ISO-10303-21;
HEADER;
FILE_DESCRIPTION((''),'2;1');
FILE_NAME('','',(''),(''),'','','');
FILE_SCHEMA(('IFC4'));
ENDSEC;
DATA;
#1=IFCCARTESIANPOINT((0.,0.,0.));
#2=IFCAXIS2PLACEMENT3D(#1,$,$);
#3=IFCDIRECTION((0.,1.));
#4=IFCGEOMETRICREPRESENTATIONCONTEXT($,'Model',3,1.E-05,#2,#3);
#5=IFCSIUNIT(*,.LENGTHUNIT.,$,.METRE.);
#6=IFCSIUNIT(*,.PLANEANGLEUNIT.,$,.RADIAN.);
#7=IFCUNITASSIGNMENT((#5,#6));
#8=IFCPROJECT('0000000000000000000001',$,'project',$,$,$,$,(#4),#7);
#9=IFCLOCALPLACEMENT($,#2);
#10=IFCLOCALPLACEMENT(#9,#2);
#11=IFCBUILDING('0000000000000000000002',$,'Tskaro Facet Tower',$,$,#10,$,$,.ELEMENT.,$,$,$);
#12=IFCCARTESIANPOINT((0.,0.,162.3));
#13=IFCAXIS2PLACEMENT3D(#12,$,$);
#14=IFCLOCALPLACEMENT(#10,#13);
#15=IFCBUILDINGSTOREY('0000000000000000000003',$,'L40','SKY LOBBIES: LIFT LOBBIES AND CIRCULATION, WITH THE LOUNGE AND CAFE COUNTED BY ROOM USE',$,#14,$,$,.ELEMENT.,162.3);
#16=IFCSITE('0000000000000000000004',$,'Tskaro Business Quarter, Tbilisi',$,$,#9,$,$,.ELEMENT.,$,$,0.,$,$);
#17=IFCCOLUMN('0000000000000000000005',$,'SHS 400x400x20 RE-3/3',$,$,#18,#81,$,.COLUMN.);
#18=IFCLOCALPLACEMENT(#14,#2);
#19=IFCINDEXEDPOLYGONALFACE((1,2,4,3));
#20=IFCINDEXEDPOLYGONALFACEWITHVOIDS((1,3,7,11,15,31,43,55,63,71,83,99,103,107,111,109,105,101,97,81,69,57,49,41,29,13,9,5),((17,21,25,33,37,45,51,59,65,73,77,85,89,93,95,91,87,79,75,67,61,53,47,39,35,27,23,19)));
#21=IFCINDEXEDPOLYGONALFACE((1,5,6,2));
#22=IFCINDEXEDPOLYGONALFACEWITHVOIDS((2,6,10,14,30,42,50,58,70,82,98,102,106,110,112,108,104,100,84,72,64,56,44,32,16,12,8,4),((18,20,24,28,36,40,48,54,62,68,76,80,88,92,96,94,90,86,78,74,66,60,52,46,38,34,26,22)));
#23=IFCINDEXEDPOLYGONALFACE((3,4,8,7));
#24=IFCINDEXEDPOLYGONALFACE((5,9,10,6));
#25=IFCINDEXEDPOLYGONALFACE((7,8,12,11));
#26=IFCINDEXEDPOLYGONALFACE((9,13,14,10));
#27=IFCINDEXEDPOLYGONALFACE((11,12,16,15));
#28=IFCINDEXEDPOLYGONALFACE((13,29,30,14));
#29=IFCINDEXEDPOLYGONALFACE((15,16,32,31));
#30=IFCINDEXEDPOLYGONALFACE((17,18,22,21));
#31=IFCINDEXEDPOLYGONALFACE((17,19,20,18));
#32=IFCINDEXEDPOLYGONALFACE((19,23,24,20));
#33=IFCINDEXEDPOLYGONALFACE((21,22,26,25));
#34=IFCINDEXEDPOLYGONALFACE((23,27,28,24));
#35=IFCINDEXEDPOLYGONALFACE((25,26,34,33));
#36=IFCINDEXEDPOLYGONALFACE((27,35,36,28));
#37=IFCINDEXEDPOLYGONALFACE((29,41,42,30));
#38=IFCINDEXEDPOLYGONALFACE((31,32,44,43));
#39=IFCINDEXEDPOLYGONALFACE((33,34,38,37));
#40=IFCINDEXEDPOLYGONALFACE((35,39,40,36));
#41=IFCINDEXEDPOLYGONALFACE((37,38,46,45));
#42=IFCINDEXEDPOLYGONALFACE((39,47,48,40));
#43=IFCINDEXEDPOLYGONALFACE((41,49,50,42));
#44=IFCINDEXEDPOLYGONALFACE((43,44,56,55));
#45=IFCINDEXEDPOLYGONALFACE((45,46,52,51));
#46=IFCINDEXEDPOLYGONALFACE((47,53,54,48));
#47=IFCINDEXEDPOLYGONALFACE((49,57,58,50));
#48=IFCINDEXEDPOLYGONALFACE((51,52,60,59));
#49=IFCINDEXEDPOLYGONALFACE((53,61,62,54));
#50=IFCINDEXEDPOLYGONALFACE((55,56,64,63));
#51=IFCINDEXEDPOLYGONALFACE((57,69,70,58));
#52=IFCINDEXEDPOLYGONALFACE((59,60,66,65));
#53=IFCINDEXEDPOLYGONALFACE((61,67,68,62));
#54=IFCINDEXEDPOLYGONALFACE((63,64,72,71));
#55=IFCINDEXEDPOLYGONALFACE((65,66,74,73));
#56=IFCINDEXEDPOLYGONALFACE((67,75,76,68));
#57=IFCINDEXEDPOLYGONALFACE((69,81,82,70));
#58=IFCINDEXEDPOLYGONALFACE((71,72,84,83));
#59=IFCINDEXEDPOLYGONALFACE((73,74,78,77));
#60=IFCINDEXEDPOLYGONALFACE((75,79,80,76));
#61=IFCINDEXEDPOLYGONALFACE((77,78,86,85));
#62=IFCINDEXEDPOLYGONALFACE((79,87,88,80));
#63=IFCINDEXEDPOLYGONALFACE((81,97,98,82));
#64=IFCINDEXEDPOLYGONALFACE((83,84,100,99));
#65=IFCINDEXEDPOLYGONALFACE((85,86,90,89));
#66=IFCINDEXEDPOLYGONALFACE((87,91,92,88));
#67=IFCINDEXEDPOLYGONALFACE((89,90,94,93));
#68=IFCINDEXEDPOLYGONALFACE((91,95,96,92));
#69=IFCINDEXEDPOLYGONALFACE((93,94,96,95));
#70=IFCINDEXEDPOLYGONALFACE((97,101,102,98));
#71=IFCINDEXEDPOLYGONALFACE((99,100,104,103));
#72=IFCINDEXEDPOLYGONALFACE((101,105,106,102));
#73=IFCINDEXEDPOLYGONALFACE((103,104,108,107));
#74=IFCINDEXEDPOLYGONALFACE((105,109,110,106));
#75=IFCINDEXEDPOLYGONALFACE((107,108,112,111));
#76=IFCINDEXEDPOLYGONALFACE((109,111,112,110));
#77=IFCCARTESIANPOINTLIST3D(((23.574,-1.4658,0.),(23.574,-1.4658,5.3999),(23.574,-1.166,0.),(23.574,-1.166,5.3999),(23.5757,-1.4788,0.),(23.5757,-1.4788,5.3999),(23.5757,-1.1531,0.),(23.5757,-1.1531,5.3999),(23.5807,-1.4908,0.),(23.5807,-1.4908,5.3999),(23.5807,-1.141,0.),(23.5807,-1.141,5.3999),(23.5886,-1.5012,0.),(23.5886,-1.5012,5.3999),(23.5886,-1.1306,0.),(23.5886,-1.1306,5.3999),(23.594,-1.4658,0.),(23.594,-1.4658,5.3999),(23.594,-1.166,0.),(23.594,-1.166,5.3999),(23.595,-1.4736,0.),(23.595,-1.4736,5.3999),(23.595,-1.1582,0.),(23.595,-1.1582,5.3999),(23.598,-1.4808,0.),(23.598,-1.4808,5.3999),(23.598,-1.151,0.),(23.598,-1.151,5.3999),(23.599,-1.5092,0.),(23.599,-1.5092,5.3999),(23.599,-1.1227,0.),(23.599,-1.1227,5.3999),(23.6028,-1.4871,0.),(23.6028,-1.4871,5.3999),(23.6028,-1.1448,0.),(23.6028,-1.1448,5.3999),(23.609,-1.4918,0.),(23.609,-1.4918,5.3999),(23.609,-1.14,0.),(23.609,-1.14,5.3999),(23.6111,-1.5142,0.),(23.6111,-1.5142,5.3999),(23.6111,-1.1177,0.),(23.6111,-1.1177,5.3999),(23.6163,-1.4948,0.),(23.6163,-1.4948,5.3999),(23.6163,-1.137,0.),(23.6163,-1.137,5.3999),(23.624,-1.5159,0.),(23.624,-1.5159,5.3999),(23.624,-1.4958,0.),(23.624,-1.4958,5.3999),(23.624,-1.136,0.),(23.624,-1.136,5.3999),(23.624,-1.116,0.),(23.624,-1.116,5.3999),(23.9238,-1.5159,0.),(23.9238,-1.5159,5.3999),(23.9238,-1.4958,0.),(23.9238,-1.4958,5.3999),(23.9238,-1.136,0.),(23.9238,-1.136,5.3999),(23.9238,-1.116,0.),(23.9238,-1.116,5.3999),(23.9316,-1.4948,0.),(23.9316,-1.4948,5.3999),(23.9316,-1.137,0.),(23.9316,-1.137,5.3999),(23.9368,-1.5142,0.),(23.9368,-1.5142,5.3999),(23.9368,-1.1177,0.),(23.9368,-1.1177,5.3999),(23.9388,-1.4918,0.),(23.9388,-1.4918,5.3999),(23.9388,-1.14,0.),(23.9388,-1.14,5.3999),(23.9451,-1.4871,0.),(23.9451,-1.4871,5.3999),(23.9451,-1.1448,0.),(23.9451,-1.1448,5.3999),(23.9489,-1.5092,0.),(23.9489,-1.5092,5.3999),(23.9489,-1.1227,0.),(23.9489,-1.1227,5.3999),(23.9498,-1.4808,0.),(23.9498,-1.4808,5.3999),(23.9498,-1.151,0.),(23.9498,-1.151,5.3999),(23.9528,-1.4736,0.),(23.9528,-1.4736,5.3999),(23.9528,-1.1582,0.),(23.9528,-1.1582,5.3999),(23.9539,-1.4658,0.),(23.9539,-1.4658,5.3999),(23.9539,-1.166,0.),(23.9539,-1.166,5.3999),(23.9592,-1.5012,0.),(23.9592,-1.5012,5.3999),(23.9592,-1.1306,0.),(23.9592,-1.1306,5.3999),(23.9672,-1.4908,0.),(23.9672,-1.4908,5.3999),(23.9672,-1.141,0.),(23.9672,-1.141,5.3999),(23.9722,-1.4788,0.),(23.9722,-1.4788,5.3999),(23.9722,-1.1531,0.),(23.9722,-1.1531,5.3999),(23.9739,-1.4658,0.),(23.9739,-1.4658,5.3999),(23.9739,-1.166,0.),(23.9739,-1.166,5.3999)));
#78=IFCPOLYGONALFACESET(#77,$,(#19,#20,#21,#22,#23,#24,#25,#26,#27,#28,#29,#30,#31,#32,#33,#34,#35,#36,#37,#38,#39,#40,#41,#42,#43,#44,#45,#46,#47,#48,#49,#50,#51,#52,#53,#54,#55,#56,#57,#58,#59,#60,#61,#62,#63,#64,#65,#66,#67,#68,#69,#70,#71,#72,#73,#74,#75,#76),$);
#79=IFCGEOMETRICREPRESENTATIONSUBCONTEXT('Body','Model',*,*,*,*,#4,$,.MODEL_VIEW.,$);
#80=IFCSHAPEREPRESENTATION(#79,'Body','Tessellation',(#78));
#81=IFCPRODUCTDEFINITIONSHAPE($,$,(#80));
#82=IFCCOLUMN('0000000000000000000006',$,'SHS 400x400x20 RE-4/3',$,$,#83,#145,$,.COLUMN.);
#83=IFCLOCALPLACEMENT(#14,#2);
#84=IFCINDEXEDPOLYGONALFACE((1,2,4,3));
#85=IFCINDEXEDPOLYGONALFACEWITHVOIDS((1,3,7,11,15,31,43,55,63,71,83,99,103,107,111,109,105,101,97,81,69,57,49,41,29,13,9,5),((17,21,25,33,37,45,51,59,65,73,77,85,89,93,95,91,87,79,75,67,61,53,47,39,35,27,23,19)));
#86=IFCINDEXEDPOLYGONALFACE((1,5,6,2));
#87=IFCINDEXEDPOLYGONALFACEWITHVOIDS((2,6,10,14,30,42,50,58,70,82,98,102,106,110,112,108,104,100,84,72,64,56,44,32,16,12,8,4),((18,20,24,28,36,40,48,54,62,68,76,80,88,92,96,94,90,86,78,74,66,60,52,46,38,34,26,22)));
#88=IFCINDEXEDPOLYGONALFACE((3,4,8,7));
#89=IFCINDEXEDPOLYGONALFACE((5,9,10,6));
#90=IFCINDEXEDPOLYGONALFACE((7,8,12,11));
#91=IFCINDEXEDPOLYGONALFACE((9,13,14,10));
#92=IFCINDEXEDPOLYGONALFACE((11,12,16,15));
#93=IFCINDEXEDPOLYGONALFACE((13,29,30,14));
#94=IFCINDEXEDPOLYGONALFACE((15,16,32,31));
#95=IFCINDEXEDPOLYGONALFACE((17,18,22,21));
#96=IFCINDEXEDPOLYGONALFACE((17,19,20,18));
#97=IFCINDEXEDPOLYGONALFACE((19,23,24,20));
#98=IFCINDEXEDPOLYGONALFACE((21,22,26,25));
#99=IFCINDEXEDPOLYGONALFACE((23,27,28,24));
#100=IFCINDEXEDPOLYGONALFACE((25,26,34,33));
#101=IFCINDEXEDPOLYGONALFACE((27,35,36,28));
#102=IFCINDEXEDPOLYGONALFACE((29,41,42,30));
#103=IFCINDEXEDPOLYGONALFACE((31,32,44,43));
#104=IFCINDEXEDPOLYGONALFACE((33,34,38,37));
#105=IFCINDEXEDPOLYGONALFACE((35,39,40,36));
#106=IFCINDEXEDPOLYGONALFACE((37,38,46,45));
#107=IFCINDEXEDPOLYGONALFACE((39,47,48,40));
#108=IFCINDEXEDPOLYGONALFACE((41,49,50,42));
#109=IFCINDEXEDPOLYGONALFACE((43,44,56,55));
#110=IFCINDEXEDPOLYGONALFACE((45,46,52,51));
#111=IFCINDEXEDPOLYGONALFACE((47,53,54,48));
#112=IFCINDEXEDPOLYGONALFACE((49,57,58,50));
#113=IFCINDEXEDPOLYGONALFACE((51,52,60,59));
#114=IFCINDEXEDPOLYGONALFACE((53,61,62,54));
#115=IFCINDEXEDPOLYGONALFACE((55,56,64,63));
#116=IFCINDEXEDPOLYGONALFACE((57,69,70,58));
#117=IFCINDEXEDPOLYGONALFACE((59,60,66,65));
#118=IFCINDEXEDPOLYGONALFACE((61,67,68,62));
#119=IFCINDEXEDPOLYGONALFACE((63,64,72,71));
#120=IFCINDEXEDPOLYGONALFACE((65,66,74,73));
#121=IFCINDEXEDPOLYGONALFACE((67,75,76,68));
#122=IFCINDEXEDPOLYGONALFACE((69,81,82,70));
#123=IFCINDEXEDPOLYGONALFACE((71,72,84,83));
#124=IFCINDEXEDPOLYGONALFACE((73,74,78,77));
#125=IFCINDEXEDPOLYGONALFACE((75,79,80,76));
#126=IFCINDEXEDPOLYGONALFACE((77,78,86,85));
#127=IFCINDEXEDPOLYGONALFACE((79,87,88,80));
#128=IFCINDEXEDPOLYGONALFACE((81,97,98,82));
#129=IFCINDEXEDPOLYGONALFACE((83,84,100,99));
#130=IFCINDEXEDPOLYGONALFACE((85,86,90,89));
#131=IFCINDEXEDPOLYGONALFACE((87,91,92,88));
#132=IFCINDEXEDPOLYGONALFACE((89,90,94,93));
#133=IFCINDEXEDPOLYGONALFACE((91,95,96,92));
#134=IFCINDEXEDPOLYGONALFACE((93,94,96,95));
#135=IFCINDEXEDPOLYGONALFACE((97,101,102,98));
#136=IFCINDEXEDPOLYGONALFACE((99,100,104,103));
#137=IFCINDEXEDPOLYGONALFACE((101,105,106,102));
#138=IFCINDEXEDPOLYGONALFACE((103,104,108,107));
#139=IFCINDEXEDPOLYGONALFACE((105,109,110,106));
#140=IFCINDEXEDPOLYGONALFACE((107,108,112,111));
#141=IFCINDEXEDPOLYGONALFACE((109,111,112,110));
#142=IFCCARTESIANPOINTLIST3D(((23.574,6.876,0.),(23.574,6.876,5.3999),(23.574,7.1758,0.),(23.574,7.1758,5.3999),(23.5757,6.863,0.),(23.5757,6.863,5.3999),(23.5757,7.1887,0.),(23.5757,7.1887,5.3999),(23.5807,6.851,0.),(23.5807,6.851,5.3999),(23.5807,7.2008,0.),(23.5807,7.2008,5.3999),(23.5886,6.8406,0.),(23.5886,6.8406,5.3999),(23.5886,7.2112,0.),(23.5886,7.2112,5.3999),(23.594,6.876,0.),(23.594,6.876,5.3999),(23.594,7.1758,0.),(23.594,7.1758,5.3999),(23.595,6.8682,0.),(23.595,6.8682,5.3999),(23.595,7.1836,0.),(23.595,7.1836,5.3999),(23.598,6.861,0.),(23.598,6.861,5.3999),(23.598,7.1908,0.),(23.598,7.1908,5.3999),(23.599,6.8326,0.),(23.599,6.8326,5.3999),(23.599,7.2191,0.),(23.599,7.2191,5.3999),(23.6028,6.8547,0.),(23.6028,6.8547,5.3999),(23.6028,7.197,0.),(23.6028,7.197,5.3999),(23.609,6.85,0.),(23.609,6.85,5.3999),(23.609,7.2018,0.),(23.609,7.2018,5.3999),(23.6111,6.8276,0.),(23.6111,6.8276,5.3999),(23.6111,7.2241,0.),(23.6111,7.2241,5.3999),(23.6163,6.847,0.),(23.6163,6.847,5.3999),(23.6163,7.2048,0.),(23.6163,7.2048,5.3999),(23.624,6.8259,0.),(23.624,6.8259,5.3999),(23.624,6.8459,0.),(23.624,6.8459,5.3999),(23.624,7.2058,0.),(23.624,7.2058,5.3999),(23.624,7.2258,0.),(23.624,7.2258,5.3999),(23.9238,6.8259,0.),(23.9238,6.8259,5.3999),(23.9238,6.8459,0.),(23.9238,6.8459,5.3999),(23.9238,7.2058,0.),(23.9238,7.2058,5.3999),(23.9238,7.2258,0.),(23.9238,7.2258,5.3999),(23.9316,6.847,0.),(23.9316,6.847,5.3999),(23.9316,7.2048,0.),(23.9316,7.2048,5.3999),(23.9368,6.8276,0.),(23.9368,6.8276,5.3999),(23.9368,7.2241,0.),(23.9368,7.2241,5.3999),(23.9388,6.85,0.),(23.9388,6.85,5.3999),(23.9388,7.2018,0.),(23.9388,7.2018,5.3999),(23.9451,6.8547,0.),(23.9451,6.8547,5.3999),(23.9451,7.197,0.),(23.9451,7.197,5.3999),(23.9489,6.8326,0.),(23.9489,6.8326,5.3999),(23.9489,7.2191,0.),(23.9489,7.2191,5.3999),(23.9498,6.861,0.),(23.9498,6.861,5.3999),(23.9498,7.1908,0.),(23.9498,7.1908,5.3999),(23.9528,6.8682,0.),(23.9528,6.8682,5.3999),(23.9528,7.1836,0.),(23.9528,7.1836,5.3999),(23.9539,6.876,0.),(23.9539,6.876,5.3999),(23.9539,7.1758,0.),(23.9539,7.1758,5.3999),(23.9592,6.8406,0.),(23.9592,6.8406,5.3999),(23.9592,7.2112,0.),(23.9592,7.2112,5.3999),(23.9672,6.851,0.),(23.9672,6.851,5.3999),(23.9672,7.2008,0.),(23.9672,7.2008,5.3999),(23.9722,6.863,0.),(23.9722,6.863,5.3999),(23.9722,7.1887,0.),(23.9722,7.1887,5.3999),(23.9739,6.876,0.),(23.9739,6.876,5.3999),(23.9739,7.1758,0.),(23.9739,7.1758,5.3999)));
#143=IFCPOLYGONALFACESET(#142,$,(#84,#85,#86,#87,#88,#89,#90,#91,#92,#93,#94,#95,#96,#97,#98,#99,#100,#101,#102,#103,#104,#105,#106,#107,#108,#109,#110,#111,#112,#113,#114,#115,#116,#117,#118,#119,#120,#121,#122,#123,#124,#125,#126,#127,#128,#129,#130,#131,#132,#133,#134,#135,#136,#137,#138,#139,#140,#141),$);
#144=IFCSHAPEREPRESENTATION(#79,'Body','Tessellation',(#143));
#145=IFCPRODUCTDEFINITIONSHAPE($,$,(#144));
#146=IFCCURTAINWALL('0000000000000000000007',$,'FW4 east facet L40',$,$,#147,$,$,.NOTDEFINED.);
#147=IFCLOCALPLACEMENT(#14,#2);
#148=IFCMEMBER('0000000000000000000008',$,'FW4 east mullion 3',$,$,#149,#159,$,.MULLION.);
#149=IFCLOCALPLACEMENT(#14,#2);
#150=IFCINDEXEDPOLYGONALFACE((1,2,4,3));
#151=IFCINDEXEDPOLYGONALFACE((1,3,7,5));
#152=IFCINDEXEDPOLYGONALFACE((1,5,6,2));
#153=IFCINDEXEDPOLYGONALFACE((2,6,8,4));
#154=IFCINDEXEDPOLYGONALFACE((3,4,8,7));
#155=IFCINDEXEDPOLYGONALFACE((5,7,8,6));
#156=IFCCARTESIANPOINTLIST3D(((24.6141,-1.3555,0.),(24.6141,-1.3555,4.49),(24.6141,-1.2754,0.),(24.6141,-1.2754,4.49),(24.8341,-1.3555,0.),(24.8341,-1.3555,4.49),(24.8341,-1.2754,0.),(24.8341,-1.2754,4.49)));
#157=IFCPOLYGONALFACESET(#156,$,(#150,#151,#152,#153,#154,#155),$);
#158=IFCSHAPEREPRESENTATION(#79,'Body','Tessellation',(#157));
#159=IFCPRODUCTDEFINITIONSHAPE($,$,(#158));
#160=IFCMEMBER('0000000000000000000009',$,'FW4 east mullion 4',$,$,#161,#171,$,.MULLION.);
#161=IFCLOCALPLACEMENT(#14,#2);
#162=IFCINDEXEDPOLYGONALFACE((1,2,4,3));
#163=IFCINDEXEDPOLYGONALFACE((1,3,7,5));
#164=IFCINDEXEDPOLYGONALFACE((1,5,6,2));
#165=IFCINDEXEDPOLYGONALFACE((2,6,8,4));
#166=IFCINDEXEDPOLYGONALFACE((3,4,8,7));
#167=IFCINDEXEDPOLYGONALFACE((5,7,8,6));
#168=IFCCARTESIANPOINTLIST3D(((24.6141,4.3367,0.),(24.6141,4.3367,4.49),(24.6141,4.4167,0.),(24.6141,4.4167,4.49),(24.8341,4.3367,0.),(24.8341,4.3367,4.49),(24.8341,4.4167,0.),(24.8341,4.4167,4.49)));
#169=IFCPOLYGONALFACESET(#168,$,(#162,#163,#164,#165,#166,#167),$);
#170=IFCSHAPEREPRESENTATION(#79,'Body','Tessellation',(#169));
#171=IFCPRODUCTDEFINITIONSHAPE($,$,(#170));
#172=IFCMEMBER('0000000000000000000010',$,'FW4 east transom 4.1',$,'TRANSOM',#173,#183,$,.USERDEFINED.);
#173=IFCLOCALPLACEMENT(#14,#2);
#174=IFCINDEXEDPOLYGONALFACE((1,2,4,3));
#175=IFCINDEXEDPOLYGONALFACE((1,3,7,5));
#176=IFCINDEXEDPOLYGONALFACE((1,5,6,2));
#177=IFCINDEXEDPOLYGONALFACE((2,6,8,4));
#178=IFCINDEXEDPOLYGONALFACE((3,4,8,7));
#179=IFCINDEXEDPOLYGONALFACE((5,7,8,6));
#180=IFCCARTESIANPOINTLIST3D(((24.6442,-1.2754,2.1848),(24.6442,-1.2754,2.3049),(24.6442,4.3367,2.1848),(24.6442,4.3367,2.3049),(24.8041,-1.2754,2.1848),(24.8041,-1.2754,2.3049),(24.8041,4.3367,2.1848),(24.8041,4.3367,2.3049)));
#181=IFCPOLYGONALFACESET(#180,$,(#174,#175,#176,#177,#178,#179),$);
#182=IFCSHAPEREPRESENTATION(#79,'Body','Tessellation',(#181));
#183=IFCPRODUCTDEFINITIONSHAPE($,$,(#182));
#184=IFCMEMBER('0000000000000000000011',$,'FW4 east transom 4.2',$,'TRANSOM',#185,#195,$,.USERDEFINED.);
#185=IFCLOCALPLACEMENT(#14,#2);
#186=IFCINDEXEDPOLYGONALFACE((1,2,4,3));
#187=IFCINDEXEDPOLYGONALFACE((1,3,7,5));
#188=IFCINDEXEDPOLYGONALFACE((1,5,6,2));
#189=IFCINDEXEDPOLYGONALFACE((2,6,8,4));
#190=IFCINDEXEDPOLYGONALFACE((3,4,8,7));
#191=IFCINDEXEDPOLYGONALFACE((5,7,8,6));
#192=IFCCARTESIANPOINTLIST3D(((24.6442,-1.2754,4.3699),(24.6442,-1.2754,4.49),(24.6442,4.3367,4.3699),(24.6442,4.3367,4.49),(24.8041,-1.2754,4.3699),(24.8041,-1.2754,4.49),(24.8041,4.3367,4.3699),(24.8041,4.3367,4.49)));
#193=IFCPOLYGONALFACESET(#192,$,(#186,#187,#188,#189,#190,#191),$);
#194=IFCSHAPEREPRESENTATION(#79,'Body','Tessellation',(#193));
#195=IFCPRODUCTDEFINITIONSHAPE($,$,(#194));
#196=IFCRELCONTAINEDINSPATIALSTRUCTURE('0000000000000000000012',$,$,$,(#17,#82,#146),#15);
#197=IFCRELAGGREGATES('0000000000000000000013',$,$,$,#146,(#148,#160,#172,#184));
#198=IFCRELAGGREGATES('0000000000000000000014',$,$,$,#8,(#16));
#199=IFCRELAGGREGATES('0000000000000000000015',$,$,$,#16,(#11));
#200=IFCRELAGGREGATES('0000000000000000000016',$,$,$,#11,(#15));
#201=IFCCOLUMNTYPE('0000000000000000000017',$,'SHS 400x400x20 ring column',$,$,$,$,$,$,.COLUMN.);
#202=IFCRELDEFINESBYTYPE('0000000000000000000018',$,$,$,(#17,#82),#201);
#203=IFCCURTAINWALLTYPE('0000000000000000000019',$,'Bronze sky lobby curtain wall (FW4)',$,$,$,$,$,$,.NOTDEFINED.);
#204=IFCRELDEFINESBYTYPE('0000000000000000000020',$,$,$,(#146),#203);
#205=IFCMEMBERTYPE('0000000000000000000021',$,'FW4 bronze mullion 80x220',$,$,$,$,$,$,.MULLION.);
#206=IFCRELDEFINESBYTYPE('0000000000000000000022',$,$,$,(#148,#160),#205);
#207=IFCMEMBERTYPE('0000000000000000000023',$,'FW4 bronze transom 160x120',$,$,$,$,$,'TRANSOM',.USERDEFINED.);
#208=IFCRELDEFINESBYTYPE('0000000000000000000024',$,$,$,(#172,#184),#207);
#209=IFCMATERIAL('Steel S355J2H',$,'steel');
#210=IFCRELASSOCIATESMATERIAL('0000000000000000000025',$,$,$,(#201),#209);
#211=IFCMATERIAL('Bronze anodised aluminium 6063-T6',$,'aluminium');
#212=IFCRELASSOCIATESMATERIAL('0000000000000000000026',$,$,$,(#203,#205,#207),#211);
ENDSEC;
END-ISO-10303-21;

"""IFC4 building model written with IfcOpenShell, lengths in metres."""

from ifc_helpers import new_model, si_unit, direction, frame, origin, origin_2d, place, context, subcontext, project, spatial, rectangle, hollow_rectangle, extrude, material, material_profile, profile_set, type_object, element, aggregate, save


model = new_model("IFC4")

# Units and contexts
model_context = context("Model", 3, precision=1e-05, world=origin(), true_north=direction((0.0, 1.0)))
body_context = subcontext(model_context, "Body", "Model", "MODEL_VIEW")
ifc_project = project(units=[si_unit("LENGTHUNIT", "METRE"), si_unit("PLANEANGLEUNIT", "RADIAN")], contexts=[model_context])

# Site, building, storey
site_placement = place(None, origin())
site = spatial("IfcSite", under=ifc_project, at=site_placement, Name="Tskaro Business Quarter, Tbilisi", CompositionType="ELEMENT", RefElevation=0.0)
building_placement = place(site_placement, origin())
building = spatial("IfcBuilding", under=site, at=building_placement, Name="Tskaro Facet Tower", CompositionType="ELEMENT")
storey_placement = place(building_placement, frame((0.0, 0.0, 162.3)))
storey = spatial("IfcBuildingStorey", under=building, at=storey_placement, Name="L40", Description="SKY LOBBIES: LIFT LOBBIES AND CIRCULATION, WITH THE LOUNGE AND CAFE COUNTED BY ROOM USE", CompositionType="ELEMENT", Elevation=162.3)

# Columns
ifc_material_1 = material(Name="Steel S355J2H", Category="steel")
ifc_material_profile_1 = material_profile(ifc_material_1, hollow_rectangle(XDim=0.3999, YDim=0.3999, WallThickness=0.02, InnerFilletRadius=0.03, OuterFilletRadius=0.05, at=origin_2d()), Name="SHS 400x400x20")
ifc_profile_set_1 = profile_set([ifc_material_profile_1], Name="Steel S355J2H")
column_type_1 = type_object("IfcColumnType", Name="SHS 400x400x20 ring column", PredefinedType="COLUMN", material=ifc_profile_set_1)
for number, where, z_axis, x_axis, name in (
    (1, (23.7739, -1.3159, 0.0), (0.0, 0.0, 1.0), (1.0, 0.0, 0.0), "SHS 400x400x20 RE-3/3"),
    (2, (23.7739, 7.0259, 0.0), (0.0, 0.0, 1.0), (1.0, 0.0, 0.0), "SHS 400x400x20 RE-4/3"),
):
    element("IfcColumn", number, at=place(storey_placement, frame(where, z_axis=z_axis, x_axis=x_axis)), inside=storey, type_object=column_type_1, Name=name, PredefinedType="COLUMN", context=body_context, shape_type="SweptSolid", body=[
        extrude(hollow_rectangle(XDim=0.3999, YDim=0.3999, WallThickness=0.02, InnerFilletRadius=0.03, OuterFilletRadius=0.05, at=origin_2d()), origin(), (0.0, 0.0, 1.0), 5.3999),
    ])

# Curtain wall, members
ifc_material_2 = material(Name="Bronze anodised aluminium 6063-T6", Category="aluminium")
curtain_wall_type = type_object("IfcCurtainWallType", Name="Bronze sky lobby curtain wall (FW4)", PredefinedType="NOTDEFINED", material=ifc_material_2)
curtain_wall_placement = place(storey_placement, origin())
curtain_wall = element("IfcCurtainWall", 3, at=curtain_wall_placement, inside=storey, type_object=curtain_wall_type, Name="FW4 east facet L40", PredefinedType="NOTDEFINED")
ifc_material_profile_2 = material_profile(ifc_material_2, rectangle(XDim=0.0801, YDim=0.22, at=origin_2d()), Name="Mullion 80x220")
ifc_profile_set_2 = profile_set([ifc_material_profile_2], Name="Bronze anodised aluminium 6063-T6")
member_type_1 = type_object("IfcMemberType", Name="FW4 bronze mullion 80x220", PredefinedType="MULLION", material=ifc_profile_set_2)
member_1_placement = place(storey_placement, frame((24.7241, -1.3154, 0.0), z_axis=(0.0, 0.0, 1.0), x_axis=(0.0, 1.0, 0.0)))
member_1 = element("IfcMember", 4, at=member_1_placement, type_object=member_type_1, Name="FW4 east mullion 3", PredefinedType="MULLION", context=body_context, shape_type="SweptSolid", body=[
    extrude(rectangle(XDim=0.0801, YDim=0.22, at=origin_2d()), origin(), (0.0, 0.0, 1.0), 4.49),
])
member_2_placement = place(storey_placement, frame((24.7241, 4.3767, 0.0), z_axis=(0.0, 0.0, 1.0), x_axis=(0.0, 1.0, 0.0)))
member_2 = element("IfcMember", 5, at=member_2_placement, type_object=member_type_1, Name="FW4 east mullion 4", PredefinedType="MULLION", context=body_context, shape_type="SweptSolid", body=[
    extrude(rectangle(XDim=0.0801, YDim=0.22, at=origin_2d()), origin(), (0.0, 0.0, 1.0), 4.49),
])
ifc_material_profile_3 = material_profile(ifc_material_2, rectangle(XDim=0.1599, YDim=0.1201, at=origin_2d()), Name="Transom 160x120")
ifc_profile_set_3 = profile_set([ifc_material_profile_3], Name="Bronze anodised aluminium 6063-T6")
member_type_2 = type_object("IfcMemberType", Name="FW4 bronze transom 160x120", ElementType="TRANSOM", PredefinedType="USERDEFINED", material=ifc_profile_set_3)
member_3_placement = place(storey_placement, frame((24.7241, -1.2754, 2.2449), z_axis=(0.0, 1.0, 0.0), x_axis=(-1.0, 0.0, 0.0)))
member_3 = element("IfcMember", 6, at=member_3_placement, type_object=member_type_2, Name="FW4 east transom 4.1", ObjectType="TRANSOM", PredefinedType="USERDEFINED", context=body_context, shape_type="SweptSolid", body=[
    extrude(rectangle(XDim=0.1599, YDim=0.1201, at=origin_2d()), origin(), (0.0, 0.0, 1.0), 5.6121),
])
member_4_placement = place(storey_placement, frame((24.7241, -1.2754, 4.4299), z_axis=(0.0, 1.0, 0.0), x_axis=(-1.0, 0.0, 0.0)))
member_4 = element("IfcMember", 7, at=member_4_placement, type_object=member_type_2, Name="FW4 east transom 4.2", ObjectType="TRANSOM", PredefinedType="USERDEFINED", context=body_context, shape_type="SweptSolid", body=[
    extrude(rectangle(XDim=0.1599, YDim=0.1201, at=origin_2d()), origin(), (0.0, 0.0, 1.0), 5.6121),
])

aggregate(curtain_wall, [member_1, member_2, member_3, member_4])

save(model, "model.ifc")
